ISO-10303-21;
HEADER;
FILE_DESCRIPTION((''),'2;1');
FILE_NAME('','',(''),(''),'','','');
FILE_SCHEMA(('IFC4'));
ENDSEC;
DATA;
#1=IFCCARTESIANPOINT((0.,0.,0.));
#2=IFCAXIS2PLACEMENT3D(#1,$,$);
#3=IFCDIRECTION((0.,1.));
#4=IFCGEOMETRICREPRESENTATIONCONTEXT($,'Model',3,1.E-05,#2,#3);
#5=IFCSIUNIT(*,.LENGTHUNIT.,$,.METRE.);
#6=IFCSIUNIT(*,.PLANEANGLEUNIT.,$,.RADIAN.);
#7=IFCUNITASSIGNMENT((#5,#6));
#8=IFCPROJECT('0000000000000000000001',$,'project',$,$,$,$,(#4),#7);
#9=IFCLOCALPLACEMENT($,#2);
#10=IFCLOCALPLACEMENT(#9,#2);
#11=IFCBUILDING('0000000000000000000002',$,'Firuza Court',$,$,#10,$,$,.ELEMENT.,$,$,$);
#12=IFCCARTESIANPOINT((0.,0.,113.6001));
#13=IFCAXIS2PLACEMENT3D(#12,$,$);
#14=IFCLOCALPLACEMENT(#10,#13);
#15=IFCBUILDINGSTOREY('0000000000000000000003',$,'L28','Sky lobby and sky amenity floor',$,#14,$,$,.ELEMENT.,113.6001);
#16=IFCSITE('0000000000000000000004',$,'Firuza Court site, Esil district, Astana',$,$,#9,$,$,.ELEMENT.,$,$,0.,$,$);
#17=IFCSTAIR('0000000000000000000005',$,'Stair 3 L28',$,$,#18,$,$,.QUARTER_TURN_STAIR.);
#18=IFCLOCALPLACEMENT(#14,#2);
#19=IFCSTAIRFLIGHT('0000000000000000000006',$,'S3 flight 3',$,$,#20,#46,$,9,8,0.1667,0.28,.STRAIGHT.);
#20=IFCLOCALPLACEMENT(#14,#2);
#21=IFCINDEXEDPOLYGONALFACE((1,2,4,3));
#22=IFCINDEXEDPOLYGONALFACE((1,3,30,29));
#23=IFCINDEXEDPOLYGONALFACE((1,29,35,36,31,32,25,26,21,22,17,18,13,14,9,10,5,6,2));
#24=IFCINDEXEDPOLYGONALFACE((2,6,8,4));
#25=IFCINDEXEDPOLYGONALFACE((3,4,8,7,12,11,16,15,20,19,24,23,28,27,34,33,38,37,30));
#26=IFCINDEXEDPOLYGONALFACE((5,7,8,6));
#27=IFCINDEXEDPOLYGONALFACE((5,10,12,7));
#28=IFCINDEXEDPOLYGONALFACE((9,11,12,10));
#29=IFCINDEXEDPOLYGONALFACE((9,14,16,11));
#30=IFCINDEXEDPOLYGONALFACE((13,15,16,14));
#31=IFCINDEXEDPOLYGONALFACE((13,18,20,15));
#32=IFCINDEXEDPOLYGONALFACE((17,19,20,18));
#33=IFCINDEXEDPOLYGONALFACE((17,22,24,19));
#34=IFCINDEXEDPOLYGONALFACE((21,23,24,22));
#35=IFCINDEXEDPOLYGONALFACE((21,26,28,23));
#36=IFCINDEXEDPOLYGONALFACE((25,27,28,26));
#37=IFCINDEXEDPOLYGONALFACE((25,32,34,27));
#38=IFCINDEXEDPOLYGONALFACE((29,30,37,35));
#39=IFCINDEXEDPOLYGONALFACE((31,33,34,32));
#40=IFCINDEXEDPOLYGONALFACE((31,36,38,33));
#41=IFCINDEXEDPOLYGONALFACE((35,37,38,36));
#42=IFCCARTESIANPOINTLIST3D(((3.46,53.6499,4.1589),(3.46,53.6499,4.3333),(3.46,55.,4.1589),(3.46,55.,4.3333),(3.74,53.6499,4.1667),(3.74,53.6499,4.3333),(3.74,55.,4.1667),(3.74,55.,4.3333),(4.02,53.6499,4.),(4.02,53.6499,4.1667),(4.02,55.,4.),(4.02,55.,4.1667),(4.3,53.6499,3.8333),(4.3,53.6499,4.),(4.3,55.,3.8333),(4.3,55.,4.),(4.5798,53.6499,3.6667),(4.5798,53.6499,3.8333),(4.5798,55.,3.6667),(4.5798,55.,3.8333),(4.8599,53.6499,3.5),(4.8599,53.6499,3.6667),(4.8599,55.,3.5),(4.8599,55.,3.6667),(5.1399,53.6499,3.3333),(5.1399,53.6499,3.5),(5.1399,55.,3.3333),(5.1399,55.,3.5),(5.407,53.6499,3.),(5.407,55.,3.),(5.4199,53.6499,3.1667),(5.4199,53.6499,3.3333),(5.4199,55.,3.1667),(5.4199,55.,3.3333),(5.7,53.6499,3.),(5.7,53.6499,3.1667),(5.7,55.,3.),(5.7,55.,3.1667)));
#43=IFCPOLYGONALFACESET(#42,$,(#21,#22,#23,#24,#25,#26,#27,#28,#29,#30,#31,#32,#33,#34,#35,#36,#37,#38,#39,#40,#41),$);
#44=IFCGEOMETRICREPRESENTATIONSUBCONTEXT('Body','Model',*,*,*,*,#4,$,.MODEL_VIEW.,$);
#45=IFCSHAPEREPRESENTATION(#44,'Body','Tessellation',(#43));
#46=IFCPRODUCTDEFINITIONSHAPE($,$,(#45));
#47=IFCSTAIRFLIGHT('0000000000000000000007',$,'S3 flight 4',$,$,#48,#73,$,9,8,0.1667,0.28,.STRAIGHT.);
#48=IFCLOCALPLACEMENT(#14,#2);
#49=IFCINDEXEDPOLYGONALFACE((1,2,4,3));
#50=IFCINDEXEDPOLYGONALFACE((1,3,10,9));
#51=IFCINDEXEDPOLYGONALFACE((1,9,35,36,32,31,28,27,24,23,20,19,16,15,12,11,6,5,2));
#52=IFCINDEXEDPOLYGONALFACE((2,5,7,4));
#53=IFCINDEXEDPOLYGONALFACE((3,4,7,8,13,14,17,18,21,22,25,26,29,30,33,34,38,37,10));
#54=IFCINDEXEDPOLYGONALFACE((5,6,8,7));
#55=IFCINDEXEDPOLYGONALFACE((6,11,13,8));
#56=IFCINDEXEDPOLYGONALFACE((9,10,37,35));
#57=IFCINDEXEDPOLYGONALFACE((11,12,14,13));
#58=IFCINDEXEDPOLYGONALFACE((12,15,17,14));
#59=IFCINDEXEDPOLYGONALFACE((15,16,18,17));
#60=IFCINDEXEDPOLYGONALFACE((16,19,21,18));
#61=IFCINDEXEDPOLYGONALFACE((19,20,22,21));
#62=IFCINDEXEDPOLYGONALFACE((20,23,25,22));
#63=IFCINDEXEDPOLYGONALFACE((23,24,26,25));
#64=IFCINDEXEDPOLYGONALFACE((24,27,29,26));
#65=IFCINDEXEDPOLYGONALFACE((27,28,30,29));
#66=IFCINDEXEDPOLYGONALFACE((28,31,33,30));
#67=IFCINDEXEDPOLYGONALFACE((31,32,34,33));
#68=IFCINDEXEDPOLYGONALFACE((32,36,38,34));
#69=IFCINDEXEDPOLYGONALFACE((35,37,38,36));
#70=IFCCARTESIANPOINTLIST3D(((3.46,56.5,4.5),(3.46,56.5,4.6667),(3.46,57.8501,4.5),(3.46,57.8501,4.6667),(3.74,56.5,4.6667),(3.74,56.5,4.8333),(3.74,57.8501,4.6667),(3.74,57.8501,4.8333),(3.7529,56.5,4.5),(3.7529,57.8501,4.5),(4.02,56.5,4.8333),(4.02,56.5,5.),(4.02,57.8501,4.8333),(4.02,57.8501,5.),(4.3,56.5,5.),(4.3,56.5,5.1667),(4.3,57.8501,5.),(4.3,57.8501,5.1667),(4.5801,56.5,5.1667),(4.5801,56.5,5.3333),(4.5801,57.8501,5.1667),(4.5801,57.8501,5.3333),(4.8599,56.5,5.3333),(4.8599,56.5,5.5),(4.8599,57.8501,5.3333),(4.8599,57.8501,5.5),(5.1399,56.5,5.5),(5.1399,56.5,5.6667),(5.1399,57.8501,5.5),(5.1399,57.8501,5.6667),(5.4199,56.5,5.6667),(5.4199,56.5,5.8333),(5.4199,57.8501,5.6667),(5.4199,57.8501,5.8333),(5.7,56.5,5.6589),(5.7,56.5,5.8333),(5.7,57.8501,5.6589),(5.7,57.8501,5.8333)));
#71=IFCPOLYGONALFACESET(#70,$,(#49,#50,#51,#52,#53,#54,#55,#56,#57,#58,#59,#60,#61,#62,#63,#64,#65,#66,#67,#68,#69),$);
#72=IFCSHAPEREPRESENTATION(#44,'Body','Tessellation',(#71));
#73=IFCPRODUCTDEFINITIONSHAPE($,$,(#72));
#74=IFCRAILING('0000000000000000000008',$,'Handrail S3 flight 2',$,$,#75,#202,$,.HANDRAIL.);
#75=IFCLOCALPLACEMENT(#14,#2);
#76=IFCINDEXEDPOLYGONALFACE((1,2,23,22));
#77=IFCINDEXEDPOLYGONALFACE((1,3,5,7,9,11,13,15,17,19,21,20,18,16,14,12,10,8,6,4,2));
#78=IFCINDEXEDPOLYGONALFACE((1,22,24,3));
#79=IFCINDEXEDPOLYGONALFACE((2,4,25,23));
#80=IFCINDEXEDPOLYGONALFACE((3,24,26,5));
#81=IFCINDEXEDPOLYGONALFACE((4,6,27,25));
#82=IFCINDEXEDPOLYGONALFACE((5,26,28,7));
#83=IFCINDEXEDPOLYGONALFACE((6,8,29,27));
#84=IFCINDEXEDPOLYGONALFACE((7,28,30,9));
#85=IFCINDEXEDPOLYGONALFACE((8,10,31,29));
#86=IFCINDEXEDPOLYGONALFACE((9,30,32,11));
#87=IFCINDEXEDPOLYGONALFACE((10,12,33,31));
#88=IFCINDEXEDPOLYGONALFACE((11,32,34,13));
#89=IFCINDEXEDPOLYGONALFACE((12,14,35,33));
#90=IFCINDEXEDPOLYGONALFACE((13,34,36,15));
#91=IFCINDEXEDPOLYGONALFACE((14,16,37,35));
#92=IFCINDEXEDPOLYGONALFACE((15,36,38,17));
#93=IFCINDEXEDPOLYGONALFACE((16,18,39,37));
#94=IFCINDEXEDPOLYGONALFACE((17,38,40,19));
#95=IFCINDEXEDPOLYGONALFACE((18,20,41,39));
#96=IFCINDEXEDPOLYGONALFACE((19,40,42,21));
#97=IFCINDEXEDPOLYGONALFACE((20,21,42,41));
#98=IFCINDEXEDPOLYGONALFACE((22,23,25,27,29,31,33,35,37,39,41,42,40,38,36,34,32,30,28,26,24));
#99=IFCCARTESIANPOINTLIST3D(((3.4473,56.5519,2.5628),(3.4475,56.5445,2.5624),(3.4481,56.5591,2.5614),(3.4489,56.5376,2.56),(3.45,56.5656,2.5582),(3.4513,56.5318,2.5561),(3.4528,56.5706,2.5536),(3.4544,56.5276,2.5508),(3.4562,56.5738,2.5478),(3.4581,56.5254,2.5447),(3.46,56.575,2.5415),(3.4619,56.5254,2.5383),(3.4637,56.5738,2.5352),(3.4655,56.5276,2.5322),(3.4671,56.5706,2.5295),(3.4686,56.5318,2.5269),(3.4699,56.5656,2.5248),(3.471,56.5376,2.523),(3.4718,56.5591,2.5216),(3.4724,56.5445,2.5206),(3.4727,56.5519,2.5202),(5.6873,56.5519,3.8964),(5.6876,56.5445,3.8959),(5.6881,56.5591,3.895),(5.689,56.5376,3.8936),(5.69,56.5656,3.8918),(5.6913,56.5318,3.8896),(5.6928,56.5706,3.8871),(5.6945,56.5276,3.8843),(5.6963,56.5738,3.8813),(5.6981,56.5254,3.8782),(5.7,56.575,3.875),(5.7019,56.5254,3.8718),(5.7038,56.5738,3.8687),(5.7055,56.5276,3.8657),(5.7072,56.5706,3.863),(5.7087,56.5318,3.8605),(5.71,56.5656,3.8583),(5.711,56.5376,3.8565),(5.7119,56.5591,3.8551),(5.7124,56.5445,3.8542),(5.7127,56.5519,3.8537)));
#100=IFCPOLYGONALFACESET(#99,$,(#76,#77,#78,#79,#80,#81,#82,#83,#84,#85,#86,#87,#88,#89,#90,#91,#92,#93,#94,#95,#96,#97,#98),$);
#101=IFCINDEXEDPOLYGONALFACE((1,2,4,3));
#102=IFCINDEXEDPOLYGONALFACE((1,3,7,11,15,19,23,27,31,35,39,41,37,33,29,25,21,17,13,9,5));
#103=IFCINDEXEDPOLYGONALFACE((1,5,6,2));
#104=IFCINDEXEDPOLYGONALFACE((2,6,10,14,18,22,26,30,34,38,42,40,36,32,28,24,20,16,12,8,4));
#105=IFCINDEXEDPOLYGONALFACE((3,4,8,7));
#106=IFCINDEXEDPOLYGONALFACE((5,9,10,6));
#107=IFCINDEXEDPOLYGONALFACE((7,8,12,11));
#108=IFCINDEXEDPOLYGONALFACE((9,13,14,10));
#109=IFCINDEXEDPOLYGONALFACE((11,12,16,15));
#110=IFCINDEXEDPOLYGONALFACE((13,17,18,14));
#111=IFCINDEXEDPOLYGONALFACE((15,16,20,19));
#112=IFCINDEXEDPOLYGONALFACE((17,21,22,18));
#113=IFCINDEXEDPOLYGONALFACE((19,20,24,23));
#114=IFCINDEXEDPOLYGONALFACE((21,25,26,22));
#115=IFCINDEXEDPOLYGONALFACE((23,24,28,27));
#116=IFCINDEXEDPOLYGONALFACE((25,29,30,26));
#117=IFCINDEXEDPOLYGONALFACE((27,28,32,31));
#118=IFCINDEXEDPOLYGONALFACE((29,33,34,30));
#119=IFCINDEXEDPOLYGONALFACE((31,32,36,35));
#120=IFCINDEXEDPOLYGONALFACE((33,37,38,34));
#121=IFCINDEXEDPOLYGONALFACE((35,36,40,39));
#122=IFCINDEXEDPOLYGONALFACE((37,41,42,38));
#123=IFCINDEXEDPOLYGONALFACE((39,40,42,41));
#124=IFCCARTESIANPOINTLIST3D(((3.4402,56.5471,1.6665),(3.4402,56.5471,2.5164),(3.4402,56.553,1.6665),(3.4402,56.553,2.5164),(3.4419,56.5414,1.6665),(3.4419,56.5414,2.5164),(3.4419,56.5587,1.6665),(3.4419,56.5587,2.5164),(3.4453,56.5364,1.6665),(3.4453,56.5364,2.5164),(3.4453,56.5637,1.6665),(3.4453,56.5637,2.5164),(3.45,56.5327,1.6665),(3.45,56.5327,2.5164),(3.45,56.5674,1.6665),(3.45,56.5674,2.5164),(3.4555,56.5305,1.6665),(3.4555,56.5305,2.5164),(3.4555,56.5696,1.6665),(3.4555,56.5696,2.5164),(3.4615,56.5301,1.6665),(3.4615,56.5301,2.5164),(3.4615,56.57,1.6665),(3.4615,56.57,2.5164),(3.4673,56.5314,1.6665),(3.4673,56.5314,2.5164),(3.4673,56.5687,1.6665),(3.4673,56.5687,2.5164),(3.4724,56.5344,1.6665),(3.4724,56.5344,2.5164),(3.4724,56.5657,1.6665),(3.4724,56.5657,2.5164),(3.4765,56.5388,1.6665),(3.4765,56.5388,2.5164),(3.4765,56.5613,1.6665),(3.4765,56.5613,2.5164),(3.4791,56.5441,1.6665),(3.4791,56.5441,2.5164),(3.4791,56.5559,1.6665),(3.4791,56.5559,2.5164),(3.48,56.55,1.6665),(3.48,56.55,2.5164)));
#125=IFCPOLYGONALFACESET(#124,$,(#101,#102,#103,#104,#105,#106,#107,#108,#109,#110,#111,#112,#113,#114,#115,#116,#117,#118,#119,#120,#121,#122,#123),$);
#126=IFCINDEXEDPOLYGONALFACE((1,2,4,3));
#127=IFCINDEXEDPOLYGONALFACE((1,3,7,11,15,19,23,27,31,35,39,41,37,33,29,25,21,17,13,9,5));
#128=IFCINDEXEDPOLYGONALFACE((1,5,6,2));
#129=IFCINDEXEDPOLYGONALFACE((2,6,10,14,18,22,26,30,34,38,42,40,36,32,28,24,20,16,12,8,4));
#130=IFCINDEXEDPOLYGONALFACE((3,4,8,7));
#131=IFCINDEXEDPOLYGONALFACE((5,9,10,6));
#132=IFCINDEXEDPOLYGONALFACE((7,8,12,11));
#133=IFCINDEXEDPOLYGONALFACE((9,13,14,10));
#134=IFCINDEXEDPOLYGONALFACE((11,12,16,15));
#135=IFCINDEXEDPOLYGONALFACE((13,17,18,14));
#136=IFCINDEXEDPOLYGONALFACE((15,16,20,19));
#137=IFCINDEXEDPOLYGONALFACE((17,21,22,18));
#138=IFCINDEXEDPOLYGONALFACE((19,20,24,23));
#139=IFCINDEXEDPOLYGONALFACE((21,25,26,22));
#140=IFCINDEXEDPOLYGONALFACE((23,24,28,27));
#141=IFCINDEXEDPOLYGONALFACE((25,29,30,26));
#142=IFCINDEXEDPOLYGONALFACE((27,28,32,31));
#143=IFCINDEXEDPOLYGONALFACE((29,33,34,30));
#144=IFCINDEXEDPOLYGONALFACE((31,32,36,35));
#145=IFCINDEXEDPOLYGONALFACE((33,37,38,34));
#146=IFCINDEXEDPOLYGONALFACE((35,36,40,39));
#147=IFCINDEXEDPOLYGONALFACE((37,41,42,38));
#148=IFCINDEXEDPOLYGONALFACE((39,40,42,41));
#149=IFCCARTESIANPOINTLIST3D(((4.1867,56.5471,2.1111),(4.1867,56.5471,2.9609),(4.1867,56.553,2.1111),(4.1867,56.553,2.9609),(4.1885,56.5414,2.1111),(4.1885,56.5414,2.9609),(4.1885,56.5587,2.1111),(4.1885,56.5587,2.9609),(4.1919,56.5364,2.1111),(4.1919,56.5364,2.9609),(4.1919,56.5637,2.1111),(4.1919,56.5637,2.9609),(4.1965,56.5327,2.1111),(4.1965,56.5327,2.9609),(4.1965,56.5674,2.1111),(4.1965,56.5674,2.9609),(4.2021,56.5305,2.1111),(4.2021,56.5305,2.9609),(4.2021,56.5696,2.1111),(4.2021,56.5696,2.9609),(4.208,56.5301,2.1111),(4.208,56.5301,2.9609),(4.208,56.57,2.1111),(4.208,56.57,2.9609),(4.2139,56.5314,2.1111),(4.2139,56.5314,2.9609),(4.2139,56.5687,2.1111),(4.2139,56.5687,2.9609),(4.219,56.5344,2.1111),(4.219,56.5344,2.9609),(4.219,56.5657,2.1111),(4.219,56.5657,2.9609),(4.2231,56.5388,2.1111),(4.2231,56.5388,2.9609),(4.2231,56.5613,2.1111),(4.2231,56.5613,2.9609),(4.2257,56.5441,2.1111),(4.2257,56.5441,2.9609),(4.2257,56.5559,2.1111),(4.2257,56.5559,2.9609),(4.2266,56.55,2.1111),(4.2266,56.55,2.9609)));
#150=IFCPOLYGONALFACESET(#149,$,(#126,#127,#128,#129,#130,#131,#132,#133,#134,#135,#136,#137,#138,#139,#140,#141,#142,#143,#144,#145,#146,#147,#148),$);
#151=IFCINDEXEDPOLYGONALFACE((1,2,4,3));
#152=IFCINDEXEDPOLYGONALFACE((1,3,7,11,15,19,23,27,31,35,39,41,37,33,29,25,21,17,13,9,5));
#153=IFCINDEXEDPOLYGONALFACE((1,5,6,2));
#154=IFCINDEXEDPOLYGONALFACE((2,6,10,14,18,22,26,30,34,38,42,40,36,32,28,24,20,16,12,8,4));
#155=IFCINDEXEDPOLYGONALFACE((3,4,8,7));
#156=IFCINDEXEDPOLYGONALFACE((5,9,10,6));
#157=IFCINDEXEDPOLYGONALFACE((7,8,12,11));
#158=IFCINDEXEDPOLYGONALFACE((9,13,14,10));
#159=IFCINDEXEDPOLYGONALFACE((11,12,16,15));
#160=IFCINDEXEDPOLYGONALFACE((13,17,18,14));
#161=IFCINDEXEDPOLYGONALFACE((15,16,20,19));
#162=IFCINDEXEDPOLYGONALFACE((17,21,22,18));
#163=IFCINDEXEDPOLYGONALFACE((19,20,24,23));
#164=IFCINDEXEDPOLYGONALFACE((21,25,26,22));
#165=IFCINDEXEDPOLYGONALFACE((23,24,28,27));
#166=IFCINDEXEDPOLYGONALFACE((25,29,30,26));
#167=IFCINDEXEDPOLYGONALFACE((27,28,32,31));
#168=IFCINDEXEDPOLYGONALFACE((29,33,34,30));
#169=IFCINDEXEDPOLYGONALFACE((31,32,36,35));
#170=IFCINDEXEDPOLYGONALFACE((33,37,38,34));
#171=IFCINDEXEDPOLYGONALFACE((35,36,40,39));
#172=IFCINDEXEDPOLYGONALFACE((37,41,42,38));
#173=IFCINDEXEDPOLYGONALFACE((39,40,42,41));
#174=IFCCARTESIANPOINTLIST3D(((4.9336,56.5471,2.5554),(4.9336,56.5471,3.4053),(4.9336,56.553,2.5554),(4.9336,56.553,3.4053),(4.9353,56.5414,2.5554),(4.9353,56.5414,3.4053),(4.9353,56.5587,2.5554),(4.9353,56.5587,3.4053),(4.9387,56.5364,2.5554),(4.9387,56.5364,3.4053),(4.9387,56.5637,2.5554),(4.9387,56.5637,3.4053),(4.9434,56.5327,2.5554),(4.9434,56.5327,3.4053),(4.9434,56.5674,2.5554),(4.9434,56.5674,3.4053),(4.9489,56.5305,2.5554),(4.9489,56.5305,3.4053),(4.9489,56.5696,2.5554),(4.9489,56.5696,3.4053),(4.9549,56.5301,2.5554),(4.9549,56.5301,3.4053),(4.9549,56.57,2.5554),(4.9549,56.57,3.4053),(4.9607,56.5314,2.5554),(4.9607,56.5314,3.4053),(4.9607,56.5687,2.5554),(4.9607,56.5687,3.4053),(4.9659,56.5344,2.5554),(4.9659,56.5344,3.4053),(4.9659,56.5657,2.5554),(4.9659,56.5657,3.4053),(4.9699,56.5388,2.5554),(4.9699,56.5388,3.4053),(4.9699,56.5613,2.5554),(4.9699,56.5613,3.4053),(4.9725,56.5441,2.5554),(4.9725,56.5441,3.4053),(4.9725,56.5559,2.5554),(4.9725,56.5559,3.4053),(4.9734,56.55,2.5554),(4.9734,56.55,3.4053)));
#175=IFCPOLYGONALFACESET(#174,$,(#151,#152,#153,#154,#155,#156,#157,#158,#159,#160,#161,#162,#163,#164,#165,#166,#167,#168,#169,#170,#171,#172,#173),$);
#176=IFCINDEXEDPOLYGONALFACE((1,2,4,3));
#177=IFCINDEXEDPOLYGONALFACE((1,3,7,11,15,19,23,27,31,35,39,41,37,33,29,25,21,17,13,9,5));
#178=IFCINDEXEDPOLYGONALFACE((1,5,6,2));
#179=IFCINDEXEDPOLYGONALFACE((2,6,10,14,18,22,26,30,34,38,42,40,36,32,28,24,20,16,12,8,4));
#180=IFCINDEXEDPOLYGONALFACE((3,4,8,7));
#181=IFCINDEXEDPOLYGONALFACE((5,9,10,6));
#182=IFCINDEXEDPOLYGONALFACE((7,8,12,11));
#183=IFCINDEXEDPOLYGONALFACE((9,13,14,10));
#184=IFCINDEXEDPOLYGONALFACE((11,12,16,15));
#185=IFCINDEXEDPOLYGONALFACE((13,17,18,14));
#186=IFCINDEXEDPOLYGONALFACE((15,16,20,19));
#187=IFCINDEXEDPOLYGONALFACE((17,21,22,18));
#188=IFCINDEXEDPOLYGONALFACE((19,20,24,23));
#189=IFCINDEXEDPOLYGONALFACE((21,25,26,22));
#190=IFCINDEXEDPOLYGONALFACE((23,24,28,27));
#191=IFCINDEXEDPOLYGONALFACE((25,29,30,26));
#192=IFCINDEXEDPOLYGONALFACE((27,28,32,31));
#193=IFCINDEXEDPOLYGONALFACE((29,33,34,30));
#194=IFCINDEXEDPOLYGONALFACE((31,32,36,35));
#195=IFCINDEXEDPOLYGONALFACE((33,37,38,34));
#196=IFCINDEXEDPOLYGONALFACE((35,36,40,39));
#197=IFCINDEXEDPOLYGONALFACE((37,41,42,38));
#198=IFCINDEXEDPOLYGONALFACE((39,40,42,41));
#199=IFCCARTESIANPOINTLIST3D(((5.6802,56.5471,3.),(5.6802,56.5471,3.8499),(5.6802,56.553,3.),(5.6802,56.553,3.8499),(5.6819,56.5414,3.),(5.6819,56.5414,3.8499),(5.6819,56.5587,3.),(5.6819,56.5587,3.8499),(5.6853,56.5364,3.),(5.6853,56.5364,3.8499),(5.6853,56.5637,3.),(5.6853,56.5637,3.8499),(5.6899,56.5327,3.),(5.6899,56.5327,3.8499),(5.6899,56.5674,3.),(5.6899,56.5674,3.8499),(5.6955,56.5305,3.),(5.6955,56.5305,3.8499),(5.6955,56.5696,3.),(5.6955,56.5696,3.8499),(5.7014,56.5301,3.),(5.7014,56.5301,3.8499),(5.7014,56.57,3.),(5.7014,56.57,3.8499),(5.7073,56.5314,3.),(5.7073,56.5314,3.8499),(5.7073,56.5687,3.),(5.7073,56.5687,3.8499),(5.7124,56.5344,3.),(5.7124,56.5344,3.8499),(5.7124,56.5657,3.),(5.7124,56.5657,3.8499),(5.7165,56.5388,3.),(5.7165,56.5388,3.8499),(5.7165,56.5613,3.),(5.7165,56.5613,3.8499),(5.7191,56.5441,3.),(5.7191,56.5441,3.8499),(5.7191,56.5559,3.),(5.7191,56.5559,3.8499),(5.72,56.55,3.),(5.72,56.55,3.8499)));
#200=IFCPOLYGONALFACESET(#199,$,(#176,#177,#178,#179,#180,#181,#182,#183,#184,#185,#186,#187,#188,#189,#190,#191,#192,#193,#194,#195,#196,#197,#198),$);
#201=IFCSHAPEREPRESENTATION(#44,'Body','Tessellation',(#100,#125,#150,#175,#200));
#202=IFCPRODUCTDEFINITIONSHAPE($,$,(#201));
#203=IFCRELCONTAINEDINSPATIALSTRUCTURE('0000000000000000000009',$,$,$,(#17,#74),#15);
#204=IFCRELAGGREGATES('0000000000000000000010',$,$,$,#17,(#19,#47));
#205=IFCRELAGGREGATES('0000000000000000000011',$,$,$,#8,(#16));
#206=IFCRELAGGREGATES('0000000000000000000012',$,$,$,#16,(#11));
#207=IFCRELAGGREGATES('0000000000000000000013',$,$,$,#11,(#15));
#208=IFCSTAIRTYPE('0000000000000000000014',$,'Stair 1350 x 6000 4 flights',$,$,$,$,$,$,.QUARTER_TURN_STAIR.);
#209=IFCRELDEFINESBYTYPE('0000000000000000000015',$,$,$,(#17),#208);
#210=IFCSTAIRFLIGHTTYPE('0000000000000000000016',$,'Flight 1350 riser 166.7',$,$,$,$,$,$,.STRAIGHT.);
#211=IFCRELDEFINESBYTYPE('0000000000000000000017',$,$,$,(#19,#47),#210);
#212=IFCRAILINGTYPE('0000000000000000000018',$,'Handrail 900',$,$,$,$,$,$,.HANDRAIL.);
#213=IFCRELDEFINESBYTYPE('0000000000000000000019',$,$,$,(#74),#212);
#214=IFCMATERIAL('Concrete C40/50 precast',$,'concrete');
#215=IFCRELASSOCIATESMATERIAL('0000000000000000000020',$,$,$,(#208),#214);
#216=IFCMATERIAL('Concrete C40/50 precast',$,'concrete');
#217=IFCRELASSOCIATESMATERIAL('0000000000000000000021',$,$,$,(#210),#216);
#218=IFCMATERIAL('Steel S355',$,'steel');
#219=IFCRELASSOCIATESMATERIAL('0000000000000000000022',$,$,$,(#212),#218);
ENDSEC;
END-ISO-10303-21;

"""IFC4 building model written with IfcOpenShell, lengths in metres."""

from ifc_helpers import new_model, si_unit, direction, frame, origin, origin_2d, place, context, subcontext, project, spatial, polyline, circle, outline, extrude, material, type_object, element, aggregate, save


model = new_model("IFC4")

# Units and contexts
model_context = context("Model", 3, precision=1e-05, world=origin(), true_north=direction((0.0, 1.0)))
body_context = subcontext(model_context, "Body", "Model", "MODEL_VIEW")
ifc_project = project(units=[si_unit("LENGTHUNIT", "METRE"), si_unit("PLANEANGLEUNIT", "RADIAN")], contexts=[model_context])

# Site, building, storey
site_placement = place(None, origin())
site = spatial("IfcSite", under=ifc_project, at=site_placement, Name="Firuza Court site, Esil district, Astana", CompositionType="ELEMENT", RefElevation=0.0)
building_placement = place(site_placement, origin())
building = spatial("IfcBuilding", under=site, at=building_placement, Name="Firuza Court", CompositionType="ELEMENT")
storey_placement = place(building_placement, frame((0.0, 0.0, 113.6001)))
storey = spatial("IfcBuildingStorey", under=building, at=storey_placement, Name="L28", Description="Sky lobby and sky amenity floor", CompositionType="ELEMENT", Elevation=113.6001)

# Stair, stair flights
ifc_material_1 = material(Name="Concrete C40/50 precast", Category="concrete")
stair_type = type_object("IfcStairType", Name="Stair 1350 x 6000 4 flights", PredefinedType="QUARTER_TURN_STAIR", material=ifc_material_1)
stair_placement = place(storey_placement, origin())
stair = element("IfcStair", 1, at=stair_placement, inside=storey, type_object=stair_type, Name="Stair 3 L28", PredefinedType="QUARTER_TURN_STAIR")
ifc_material_2 = material(Name="Concrete C40/50 precast", Category="concrete")
stair_flight_type = type_object("IfcStairFlightType", Name="Flight 1350 riser 166.7", PredefinedType="STRAIGHT", material=ifc_material_2)
stair_flight_1_placement = place(storey_placement, frame((5.7, 54.325, 3.0), z_axis=(0.0, 0.0, 1.0), x_axis=(-1.0, 0.0, 0.0)))
stair_flight_1 = element("IfcStairFlight", 2, at=stair_flight_1_placement, type_object=stair_flight_type, Name="S3 flight 3", NumberOfRisers=9, NumberOfTreads=8, PredefinedType="STRAIGHT", RiserHeight=0.1667, TreadLength=0.28, context=body_context, shape_type="SweptSolid", body=[
    extrude(outline(polyline([(0.0, 0.0), (0.0, 0.1667), (0.28, 0.1667), (0.28, 0.3333), (0.5601, 0.3333), (0.5601, 0.5), (0.8401, 0.5), (0.8401, 0.6667), (1.1201, 0.6667), (1.1201, 0.8333), (1.3999, 0.8333), (1.3999, 1.0), (1.6799, 1.0), (1.6799, 1.1667), (1.96, 1.1667), (1.96, 1.3333), (2.24, 1.3333), (2.24, 1.5), (2.24, 1.1589), (0.293, 0.0), (0.0, 0.0)])), frame((0.0, 0.675, 0.0), z_axis=(0.0, -1.0, 0.0), x_axis=(1.0, 0.0, 0.0)), (0.0, 0.0, 1.0), 1.3501),
])
stair_flight_2_placement = place(storey_placement, frame((3.46, 57.175, 4.5), z_axis=(0.0, 0.0, 1.0), x_axis=(1.0, 0.0, 0.0)))
stair_flight_2 = element("IfcStairFlight", 3, at=stair_flight_2_placement, type_object=stair_flight_type, Name="S3 flight 4", NumberOfRisers=9, NumberOfTreads=8, PredefinedType="STRAIGHT", RiserHeight=0.1667, TreadLength=0.28, context=body_context, shape_type="SweptSolid", body=[
    extrude(outline(polyline([(0.0, 0.0), (0.0, 0.1667), (0.28, 0.1667), (0.28, 0.3333), (0.5601, 0.3333), (0.5601, 0.5), (0.8401, 0.5), (0.8401, 0.6667), (1.1201, 0.6667), (1.1201, 0.8333), (1.3999, 0.8333), (1.3999, 1.0), (1.6799, 1.0), (1.6799, 1.1667), (1.96, 1.1667), (1.96, 1.3333), (2.24, 1.3333), (2.24, 1.5), (2.24, 1.1589), (0.293, 0.0), (0.0, 0.0)])), frame((0.0, 0.675, 0.0), z_axis=(0.0, -1.0, 0.0), x_axis=(1.0, 0.0, 0.0)), (0.0, 0.0, 1.0), 1.3501),
])
aggregate(stair, [stair_flight_1, stair_flight_2])

# Railing
ifc_material_3 = material(Name="Steel S355", Category="steel")
railing_type = type_object("IfcRailingType", Name="Handrail 900", PredefinedType="HANDRAIL", material=ifc_material_3)
for number, where, name in (
    (4, (3.46, 56.55, 1.6665), "Handrail S3 flight 2"),
):
    element("IfcRailing", number, at=place(storey_placement, frame(where)), inside=storey, type_object=railing_type, Name=name, PredefinedType="HANDRAIL", context=body_context, shape_type="SweptSolid", body=[
        extrude(circle(Radius=0.0249, at=origin_2d()), frame((0.0, 0.0, 0.875), z_axis=(0.859264, 0.0, 0.511532), x_axis=(0.0, 1.0, 0.0)), (0.0, 0.0, 1.0), 2.6069),
        extrude(circle(Radius=0.02, at=origin_2d()), origin(), (0.0, 0.0, 1.0), 0.8499),
        extrude(circle(Radius=0.02, at=origin_2d()), frame((0.7466, 0.0, 0.4446)), (0.0, 0.0, 1.0), 0.8499),
        extrude(circle(Radius=0.02, at=origin_2d()), frame((1.4934, 0.0, 0.8889)), (0.0, 0.0, 1.0), 0.8499),
        extrude(circle(Radius=0.02, at=origin_2d()), frame((2.24, 0.0, 1.3335)), (0.0, 0.0, 1.0), 0.8499),
    ])

save(model, "model.ifc")
